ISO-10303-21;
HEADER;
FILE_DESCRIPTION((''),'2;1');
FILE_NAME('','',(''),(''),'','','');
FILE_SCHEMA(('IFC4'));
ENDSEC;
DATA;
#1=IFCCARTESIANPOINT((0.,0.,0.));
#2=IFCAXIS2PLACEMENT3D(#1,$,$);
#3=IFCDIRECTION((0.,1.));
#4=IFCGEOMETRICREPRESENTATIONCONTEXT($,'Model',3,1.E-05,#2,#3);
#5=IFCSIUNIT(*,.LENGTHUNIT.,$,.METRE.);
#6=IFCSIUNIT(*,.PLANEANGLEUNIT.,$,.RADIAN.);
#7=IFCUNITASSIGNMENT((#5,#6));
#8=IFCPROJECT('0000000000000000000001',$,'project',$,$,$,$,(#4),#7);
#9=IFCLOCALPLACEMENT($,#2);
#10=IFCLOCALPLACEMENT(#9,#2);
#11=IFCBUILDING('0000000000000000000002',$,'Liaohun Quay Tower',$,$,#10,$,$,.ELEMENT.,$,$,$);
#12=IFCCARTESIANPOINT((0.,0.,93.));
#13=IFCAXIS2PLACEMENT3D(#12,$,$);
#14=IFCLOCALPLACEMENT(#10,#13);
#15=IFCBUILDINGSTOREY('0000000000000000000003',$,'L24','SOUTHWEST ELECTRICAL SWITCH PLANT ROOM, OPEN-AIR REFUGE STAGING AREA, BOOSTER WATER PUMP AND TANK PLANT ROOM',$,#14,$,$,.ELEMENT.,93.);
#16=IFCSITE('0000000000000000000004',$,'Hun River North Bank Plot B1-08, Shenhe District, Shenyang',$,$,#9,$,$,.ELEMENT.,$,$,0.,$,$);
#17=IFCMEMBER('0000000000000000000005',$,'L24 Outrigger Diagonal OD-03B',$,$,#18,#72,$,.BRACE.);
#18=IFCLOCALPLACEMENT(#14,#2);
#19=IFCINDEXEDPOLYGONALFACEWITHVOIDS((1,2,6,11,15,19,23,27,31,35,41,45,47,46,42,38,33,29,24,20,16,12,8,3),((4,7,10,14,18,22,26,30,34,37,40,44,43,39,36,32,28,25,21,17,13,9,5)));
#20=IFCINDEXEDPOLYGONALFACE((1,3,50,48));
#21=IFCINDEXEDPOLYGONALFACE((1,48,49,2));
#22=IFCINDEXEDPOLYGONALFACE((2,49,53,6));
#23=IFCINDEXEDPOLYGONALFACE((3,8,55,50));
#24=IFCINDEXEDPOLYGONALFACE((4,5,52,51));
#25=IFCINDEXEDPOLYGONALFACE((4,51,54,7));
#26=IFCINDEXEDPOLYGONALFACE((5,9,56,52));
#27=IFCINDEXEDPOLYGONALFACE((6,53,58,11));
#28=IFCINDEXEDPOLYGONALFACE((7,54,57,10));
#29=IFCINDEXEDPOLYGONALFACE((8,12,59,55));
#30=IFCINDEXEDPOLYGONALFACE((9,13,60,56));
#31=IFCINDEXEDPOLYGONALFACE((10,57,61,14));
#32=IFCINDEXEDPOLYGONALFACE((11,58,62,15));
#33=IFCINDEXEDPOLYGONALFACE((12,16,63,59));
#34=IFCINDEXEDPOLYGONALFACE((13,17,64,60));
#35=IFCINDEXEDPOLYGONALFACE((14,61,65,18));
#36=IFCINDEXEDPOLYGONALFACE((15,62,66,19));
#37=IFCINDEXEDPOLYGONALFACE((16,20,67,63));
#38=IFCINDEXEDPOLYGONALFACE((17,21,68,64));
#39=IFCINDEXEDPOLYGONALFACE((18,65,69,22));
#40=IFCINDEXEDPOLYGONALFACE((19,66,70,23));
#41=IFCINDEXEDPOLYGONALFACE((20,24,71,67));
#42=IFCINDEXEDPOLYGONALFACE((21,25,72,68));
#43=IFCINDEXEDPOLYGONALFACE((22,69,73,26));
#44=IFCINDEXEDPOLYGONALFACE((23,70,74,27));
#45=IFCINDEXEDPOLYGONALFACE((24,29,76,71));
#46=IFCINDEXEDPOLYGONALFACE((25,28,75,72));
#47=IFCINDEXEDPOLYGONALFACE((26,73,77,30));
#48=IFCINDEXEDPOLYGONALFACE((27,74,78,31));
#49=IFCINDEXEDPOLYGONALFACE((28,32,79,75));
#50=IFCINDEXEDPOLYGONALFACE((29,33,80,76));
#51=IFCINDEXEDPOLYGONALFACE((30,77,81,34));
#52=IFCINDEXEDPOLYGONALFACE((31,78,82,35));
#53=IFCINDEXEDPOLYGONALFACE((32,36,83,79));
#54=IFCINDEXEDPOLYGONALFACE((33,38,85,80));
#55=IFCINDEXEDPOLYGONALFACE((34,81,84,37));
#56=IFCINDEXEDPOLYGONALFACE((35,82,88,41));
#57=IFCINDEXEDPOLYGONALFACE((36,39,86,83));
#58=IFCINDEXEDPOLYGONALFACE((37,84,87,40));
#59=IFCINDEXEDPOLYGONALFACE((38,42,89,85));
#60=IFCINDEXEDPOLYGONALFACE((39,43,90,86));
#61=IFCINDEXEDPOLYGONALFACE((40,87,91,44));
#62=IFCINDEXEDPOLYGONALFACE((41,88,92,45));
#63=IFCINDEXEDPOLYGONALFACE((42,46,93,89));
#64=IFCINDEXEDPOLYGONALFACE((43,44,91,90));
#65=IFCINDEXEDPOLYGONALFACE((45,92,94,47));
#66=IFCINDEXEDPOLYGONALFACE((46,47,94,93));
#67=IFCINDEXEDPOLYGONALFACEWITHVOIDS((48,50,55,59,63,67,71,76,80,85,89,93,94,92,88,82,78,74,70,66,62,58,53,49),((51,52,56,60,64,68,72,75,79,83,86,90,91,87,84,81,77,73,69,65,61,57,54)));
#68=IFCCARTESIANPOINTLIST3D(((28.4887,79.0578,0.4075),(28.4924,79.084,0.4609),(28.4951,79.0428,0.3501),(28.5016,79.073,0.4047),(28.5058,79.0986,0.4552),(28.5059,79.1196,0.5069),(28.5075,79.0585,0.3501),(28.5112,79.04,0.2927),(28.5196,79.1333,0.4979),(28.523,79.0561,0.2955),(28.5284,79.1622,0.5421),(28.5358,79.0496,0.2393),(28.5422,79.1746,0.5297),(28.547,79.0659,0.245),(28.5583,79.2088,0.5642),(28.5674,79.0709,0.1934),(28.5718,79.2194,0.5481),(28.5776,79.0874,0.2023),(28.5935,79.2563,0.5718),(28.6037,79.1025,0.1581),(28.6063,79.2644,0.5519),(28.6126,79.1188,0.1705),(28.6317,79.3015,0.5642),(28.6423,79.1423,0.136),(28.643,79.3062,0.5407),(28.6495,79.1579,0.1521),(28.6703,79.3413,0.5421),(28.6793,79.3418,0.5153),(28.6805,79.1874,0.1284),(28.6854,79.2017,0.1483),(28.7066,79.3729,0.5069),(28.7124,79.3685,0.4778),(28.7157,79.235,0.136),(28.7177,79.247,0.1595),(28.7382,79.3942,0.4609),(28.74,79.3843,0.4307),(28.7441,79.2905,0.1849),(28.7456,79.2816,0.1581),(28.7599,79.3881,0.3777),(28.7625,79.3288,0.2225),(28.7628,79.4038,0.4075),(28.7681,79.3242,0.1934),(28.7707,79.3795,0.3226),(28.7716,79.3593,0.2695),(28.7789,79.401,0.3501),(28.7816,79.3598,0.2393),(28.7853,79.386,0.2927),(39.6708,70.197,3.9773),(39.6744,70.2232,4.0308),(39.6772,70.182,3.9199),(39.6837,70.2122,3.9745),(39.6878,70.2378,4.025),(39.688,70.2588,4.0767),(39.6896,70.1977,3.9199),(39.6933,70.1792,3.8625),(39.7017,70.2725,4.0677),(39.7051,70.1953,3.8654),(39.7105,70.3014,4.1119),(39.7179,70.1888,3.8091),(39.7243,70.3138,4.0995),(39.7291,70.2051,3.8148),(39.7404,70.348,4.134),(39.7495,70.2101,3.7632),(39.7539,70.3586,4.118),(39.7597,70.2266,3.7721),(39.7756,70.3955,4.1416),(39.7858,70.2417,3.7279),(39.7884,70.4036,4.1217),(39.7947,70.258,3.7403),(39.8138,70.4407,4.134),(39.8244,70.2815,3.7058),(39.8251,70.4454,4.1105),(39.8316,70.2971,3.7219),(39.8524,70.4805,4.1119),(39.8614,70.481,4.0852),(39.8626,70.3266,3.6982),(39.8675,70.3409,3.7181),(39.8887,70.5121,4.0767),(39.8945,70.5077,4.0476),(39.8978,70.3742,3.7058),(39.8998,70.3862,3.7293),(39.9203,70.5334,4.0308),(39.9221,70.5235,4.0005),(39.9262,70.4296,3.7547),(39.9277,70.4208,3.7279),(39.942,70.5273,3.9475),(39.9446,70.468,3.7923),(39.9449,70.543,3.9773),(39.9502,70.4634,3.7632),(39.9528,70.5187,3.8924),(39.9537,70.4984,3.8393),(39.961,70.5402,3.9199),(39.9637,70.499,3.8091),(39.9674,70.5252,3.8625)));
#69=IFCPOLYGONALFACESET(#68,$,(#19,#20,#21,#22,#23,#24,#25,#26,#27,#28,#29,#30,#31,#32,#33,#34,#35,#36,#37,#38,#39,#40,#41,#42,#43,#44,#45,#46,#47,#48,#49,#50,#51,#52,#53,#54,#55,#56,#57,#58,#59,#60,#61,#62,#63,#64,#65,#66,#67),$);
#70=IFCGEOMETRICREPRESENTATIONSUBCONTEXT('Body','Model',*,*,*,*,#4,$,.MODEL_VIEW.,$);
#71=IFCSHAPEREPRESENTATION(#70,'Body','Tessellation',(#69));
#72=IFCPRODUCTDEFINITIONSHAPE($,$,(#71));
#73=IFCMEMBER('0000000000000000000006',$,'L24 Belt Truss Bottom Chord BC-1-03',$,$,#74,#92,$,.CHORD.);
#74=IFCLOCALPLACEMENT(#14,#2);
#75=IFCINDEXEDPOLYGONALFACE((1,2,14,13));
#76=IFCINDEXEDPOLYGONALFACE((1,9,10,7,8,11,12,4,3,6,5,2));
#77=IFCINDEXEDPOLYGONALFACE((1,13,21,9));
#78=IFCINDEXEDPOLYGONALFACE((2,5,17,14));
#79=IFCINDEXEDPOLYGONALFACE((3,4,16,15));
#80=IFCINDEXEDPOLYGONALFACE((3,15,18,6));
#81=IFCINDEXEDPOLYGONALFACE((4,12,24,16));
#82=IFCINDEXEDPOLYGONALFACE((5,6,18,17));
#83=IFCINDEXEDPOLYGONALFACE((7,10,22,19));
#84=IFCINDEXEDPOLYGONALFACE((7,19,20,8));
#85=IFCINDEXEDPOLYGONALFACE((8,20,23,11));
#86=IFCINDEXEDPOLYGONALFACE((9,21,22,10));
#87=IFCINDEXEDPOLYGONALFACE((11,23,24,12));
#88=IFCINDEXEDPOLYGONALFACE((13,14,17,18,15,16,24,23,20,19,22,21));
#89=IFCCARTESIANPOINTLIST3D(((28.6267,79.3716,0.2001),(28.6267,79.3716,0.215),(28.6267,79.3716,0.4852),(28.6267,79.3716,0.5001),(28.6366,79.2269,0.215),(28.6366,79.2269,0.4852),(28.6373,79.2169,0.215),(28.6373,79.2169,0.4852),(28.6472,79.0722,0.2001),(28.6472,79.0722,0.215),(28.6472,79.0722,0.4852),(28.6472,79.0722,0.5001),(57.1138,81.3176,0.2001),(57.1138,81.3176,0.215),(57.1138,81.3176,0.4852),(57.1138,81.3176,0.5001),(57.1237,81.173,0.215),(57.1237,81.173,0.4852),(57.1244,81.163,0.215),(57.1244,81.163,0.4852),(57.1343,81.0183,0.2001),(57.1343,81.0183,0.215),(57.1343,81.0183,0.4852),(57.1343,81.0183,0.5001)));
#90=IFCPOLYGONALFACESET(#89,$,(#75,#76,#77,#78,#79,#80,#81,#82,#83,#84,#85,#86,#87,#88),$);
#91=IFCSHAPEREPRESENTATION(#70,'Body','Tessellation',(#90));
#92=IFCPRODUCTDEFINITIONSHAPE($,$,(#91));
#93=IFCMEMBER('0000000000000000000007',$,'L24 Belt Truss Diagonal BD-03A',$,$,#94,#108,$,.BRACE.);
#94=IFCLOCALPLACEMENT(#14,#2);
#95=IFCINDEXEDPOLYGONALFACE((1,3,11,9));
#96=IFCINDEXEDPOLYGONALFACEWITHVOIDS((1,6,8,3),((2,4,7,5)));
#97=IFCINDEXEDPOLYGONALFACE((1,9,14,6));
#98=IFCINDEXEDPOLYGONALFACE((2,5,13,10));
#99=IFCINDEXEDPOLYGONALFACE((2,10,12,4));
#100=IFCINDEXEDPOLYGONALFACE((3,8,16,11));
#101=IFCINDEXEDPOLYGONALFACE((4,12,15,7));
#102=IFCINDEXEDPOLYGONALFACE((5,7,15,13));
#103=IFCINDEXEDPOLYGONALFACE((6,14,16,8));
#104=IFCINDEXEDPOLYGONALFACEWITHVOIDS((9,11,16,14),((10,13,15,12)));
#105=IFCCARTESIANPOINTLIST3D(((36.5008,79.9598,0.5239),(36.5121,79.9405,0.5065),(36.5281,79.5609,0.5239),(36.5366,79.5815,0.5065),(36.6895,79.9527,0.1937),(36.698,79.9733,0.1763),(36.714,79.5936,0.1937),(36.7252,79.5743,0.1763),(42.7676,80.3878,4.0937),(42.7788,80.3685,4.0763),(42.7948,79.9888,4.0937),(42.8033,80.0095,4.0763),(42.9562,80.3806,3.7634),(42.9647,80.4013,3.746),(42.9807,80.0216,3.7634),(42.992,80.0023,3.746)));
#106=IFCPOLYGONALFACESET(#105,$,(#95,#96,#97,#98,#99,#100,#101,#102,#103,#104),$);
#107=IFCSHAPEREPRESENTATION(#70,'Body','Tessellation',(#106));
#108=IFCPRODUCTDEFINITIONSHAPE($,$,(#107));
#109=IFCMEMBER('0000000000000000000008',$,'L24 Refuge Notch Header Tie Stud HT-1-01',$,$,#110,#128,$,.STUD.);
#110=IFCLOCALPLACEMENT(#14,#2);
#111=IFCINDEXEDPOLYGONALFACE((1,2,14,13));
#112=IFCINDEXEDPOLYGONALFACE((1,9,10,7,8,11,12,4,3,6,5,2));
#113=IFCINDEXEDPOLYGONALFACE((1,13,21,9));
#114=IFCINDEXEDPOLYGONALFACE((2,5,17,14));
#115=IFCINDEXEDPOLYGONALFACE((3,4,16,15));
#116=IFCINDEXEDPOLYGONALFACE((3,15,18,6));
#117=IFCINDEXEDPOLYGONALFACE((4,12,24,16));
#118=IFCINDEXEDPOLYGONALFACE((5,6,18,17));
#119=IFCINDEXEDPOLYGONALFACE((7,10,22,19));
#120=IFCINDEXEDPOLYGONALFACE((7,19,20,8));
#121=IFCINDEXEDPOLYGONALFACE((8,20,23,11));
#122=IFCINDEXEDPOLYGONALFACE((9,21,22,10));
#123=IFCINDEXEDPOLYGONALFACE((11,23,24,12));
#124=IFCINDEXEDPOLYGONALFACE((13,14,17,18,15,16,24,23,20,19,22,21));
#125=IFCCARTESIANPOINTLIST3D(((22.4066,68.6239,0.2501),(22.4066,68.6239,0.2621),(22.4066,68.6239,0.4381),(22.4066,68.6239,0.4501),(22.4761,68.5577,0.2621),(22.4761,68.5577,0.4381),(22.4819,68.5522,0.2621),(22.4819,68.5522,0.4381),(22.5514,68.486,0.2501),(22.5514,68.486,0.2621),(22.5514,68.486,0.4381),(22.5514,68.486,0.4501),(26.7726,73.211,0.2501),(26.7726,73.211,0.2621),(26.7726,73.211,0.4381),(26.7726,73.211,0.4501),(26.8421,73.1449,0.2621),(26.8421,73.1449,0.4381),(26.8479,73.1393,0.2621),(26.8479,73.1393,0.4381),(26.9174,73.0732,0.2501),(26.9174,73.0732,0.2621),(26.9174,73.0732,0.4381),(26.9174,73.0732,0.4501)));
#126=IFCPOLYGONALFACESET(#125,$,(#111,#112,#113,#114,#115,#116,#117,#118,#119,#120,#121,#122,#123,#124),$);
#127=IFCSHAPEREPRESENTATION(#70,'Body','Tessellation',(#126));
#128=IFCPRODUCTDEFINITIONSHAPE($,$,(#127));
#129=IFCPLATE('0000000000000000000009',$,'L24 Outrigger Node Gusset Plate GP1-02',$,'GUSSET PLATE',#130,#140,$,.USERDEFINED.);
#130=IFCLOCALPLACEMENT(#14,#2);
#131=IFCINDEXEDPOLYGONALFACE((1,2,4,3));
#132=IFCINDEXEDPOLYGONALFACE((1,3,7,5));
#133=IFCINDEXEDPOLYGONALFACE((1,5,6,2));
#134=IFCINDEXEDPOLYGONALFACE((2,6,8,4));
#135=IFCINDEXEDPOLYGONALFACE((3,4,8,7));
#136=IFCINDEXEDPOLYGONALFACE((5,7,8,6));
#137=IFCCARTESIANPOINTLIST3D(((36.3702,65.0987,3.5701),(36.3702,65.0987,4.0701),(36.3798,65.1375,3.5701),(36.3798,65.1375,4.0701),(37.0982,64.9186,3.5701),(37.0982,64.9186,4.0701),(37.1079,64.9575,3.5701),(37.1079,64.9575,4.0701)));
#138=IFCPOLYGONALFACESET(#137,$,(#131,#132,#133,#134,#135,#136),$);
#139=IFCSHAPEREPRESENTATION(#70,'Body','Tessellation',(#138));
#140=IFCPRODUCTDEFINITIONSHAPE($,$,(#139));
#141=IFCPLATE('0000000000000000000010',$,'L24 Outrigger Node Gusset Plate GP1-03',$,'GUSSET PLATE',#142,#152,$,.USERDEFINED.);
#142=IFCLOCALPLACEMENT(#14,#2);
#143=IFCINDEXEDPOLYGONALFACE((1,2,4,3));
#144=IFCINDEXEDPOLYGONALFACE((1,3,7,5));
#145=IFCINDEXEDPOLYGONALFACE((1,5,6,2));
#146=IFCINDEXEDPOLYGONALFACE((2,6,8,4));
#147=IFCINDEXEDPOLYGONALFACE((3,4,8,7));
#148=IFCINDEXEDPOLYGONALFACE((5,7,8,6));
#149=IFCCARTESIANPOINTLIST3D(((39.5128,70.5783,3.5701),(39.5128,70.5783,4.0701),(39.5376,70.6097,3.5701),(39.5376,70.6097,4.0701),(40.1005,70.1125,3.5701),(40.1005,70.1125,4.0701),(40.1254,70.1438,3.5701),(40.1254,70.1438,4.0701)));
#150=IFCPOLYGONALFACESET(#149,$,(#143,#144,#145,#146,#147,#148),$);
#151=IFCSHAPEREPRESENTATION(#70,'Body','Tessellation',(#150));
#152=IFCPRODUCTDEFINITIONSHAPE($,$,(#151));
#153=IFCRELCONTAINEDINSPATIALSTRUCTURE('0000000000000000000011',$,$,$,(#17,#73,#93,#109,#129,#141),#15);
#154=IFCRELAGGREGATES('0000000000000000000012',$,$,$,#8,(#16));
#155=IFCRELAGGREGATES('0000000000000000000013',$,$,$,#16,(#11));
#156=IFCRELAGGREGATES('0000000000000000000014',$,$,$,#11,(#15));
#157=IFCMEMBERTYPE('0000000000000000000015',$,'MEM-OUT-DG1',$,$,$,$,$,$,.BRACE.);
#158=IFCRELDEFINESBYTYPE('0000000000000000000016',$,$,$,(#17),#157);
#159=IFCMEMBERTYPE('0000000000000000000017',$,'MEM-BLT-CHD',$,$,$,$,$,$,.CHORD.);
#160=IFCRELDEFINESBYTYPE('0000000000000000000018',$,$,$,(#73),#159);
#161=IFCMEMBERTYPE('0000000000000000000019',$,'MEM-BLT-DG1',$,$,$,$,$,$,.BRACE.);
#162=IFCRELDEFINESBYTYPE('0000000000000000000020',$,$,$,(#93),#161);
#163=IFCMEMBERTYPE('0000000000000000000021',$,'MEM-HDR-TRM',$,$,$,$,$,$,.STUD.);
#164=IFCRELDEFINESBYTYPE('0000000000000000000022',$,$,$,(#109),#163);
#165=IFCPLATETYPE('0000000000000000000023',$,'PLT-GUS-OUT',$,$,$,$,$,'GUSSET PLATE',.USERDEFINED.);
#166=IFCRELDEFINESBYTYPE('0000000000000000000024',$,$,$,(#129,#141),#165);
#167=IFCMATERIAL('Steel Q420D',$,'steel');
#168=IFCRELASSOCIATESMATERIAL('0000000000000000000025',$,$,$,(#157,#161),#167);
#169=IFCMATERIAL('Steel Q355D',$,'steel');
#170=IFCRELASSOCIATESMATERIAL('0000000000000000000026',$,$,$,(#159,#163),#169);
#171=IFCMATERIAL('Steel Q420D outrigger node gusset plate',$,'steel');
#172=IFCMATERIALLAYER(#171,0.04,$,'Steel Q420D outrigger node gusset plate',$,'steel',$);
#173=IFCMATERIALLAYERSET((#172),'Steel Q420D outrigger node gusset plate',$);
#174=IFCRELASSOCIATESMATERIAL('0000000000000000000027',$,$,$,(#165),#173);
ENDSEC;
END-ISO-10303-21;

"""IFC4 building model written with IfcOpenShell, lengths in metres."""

from ifc_helpers import new_model, si_unit, direction, frame, origin, origin_2d, place, context, subcontext, project, spatial, rectangle, hollow_rectangle, hollow_circle, i_section, extrude, source, transform, mapped, material, layer, layer_set, material_profile, profile_set, type_object, element, save


model = new_model("IFC4")

# Units and contexts
model_context = context("Model", 3, precision=1e-05, world=origin(), true_north=direction((0.0, 1.0)))
body_context = subcontext(model_context, "Body", "Model", "MODEL_VIEW")
ifc_project = project(units=[si_unit("LENGTHUNIT", "METRE"), si_unit("PLANEANGLEUNIT", "RADIAN")], contexts=[model_context])

# Site, building, storey
site_placement = place(None, origin())
site = spatial("IfcSite", under=ifc_project, at=site_placement, Name="Hun River North Bank Plot B1-08, Shenhe District, Shenyang", CompositionType="ELEMENT", RefElevation=0.0)
building_placement = place(site_placement, origin())
building = spatial("IfcBuilding", under=site, at=building_placement, Name="Liaohun Quay Tower", CompositionType="ELEMENT")
storey_placement = place(building_placement, frame((0.0, 0.0, 93.0)))
storey = spatial("IfcBuildingStorey", under=building, at=storey_placement, Name="L24", Description="SOUTHWEST ELECTRICAL SWITCH PLANT ROOM, OPEN-AIR REFUGE STAGING AREA, BOOSTER WATER PUMP AND TANK PLANT ROOM", CompositionType="ELEMENT", Elevation=93.0)

# Shared definitions
ifc_material_1 = material(Name="Steel Q355D", Category="steel")

# Members
ifc_material_2 = material(Name="Steel Q420D", Category="steel")
ifc_material_profile_1 = material_profile(ifc_material_2, hollow_circle(Radius=0.2285, WallThickness=0.02, at=origin_2d()), Name="CHS457x20")
ifc_profile_set_1 = profile_set([ifc_material_profile_1], Name="Steel Q420D")
member_type_1 = type_object("IfcMemberType", Name="MEM-OUT-DG1", PredefinedType="BRACE", material=ifc_profile_set_1)
shared_shape_1 = source(origin(), body_context, "Body", "SweptSolid", [
    extrude(hollow_circle(Radius=0.2285, WallThickness=0.02, at=origin_2d()), origin(), (0.0, 0.0, 1.0), 14.707),
])
member_1_placement = place(storey_placement, frame((39.8191, 70.3611, 3.9199), z_axis=(-0.760323, 0.602488, -0.242728), x_axis=(-0.621061, -0.783762, 0.0)))
element("IfcMember", 1, at=member_1_placement, inside=storey, type_object=member_type_1, Name="L24 Outrigger Diagonal OD-03B", PredefinedType="BRACE", context=body_context, shape_type="MappedRepresentation", body=[
    mapped(shared_shape_1, transform((0.0, 0.0, 0.0), x_axis=(1.0, 0.0, 0.0), y_axis=(0.0, 1.0, 0.0), z_axis=(0.0, 0.0, 1.0), scale=1.0)),
])
ifc_material_profile_2 = material_profile(ifc_material_1, i_section(OverallWidth=0.3, OverallDepth=0.3, WebThickness=0.01, FlangeThickness=0.0149, at=origin_2d()), Name="HW300x300x10x15")
ifc_profile_set_2 = profile_set([ifc_material_profile_2], Name="Steel Q355D")
member_type_2 = type_object("IfcMemberType", Name="MEM-BLT-CHD", PredefinedType="CHORD", material=ifc_profile_set_2)
shared_shape_2 = source(origin(), body_context, "Body", "SweptSolid", [
    extrude(i_section(OverallWidth=0.3, OverallDepth=0.3, WebThickness=0.01, FlangeThickness=0.0149, at=origin_2d()), origin(), (0.0, 0.0, 1.0), 28.5535),
])
member_2_placement = place(storey_placement, frame((28.637, 79.2219, 0.3501), z_axis=(0.997675, 0.068154, 0.0), x_axis=(-0.068154, 0.997675, 0.0)))
element("IfcMember", 2, at=member_2_placement, inside=storey, type_object=member_type_2, Name="L24 Belt Truss Bottom Chord BC-1-03", PredefinedType="CHORD", context=body_context, shape_type="MappedRepresentation", body=[
    mapped(shared_shape_2, transform((0.0, 0.0, 0.0), x_axis=(1.0, 0.0, 0.0), y_axis=(0.0, 1.0, 0.0), z_axis=(0.0, 0.0, 1.0), scale=1.0)),
])
ifc_material_profile_3 = material_profile(ifc_material_2, hollow_rectangle(XDim=0.3999, YDim=0.3999, WallThickness=0.02, at=origin_2d()), Name="SHS400x400x20")
ifc_profile_set_3 = profile_set([ifc_material_profile_3], Name="Steel Q420D")
member_type_3 = type_object("IfcMemberType", Name="MEM-BLT-DG1", PredefinedType="BRACE", material=ifc_profile_set_3)
shared_shape_3 = source(origin(), body_context, "Body", "SweptSolid", [
    extrude(hollow_rectangle(XDim=0.3999, YDim=0.3999, WallThickness=0.02, at=origin_2d()), origin(), (0.0, 0.0, 1.0), 7.2249),
])
member_3_placement = place(storey_placement, frame((36.613, 79.7671, 0.3501), z_axis=(0.867387, 0.059236, 0.494095), x_axis=(-0.068134, 0.997676, 0.0)))
element("IfcMember", 3, at=member_3_placement, inside=storey, type_object=member_type_3, Name="L24 Belt Truss Diagonal BD-03A", PredefinedType="BRACE", context=body_context, shape_type="MappedRepresentation", body=[
    mapped(shared_shape_3, transform((0.0, 0.0, 0.0), x_axis=(1.0, 0.0, 0.0), y_axis=(0.0, 1.0, 0.0), z_axis=(0.0, 0.0, 1.0), scale=1.0)),
])
ifc_material_profile_4 = material_profile(ifc_material_1, i_section(OverallWidth=0.2, OverallDepth=0.2, WebThickness=0.0081, FlangeThickness=0.012, at=origin_2d()), Name="HW200x200x8x12")
ifc_profile_set_4 = profile_set([ifc_material_profile_4], Name="Steel Q355D")
member_type_4 = type_object("IfcMemberType", Name="MEM-HDR-TRM", PredefinedType="STUD", material=ifc_profile_set_4)
shared_shape_4 = source(origin(), body_context, "Body", "SweptSolid", [
    extrude(i_section(OverallWidth=0.2, OverallDepth=0.2, WebThickness=0.0081, FlangeThickness=0.012, at=origin_2d()), origin(), (0.0, 0.0, 1.0), 6.3328),
])
member_4_placement = place(storey_placement, frame((22.479, 68.5549, 0.3501), z_axis=(0.689427, 0.724355, 0.0), x_axis=(-0.724355, 0.689427, 0.0)))
element("IfcMember", 4, at=member_4_placement, inside=storey, type_object=member_type_4, Name="L24 Refuge Notch Header Tie Stud HT-1-01", PredefinedType="STUD", context=body_context, shape_type="MappedRepresentation", body=[
    mapped(shared_shape_4, transform((0.0, 0.0, 0.0), x_axis=(1.0, 0.0, 0.0), y_axis=(0.0, 1.0, 0.0), z_axis=(0.0, 0.0, 1.0), scale=1.0)),
])

# Plates
ifc_material_3 = material(Name="Steel Q420D outrigger node gusset plate", Category="steel")
ifc_layer = layer(ifc_material_3, 0.04, Name="Steel Q420D outrigger node gusset plate", Category="steel")
ifc_layer_set = layer_set([ifc_layer], Name="Steel Q420D outrigger node gusset plate")
plate_type = type_object("IfcPlateType", Name="PLT-GUS-OUT", ElementType="GUSSET PLATE", PredefinedType="USERDEFINED", material=ifc_layer_set)
shared_shape_5 = source(origin(), body_context, "Body", "SweptSolid", [
    extrude(rectangle(XDim=0.75, YDim=0.04, at=origin_2d()), origin(), (0.0, 0.0, 1.0), 0.5),
])
for number, where, z_axis, x_axis, name in (
    (5, (36.739, 65.0281, 3.5701), (0.0, 0.0, 1.0), (-0.970758, 0.240059, 0.0), "L24 Outrigger Node Gusset Plate GP1-02"),
    (6, (39.8191, 70.3611, 3.5701), (0.0, 0.0, 1.0), (-0.783693, 0.621148, 0.0), "L24 Outrigger Node Gusset Plate GP1-03"),
):
    element("IfcPlate", number, at=place(storey_placement, frame(where, z_axis=z_axis, x_axis=x_axis)), inside=storey, type_object=plate_type, Name=name, ObjectType="GUSSET PLATE", PredefinedType="USERDEFINED", context=body_context, shape_type="MappedRepresentation", body=[
        mapped(shared_shape_5, transform((0.0, 0.0, 0.0), x_axis=(1.0, 0.0, 0.0), y_axis=(0.0, 1.0, 0.0), z_axis=(0.0, 0.0, 1.0), scale=1.0)),
    ])

save(model, "model.ifc")
